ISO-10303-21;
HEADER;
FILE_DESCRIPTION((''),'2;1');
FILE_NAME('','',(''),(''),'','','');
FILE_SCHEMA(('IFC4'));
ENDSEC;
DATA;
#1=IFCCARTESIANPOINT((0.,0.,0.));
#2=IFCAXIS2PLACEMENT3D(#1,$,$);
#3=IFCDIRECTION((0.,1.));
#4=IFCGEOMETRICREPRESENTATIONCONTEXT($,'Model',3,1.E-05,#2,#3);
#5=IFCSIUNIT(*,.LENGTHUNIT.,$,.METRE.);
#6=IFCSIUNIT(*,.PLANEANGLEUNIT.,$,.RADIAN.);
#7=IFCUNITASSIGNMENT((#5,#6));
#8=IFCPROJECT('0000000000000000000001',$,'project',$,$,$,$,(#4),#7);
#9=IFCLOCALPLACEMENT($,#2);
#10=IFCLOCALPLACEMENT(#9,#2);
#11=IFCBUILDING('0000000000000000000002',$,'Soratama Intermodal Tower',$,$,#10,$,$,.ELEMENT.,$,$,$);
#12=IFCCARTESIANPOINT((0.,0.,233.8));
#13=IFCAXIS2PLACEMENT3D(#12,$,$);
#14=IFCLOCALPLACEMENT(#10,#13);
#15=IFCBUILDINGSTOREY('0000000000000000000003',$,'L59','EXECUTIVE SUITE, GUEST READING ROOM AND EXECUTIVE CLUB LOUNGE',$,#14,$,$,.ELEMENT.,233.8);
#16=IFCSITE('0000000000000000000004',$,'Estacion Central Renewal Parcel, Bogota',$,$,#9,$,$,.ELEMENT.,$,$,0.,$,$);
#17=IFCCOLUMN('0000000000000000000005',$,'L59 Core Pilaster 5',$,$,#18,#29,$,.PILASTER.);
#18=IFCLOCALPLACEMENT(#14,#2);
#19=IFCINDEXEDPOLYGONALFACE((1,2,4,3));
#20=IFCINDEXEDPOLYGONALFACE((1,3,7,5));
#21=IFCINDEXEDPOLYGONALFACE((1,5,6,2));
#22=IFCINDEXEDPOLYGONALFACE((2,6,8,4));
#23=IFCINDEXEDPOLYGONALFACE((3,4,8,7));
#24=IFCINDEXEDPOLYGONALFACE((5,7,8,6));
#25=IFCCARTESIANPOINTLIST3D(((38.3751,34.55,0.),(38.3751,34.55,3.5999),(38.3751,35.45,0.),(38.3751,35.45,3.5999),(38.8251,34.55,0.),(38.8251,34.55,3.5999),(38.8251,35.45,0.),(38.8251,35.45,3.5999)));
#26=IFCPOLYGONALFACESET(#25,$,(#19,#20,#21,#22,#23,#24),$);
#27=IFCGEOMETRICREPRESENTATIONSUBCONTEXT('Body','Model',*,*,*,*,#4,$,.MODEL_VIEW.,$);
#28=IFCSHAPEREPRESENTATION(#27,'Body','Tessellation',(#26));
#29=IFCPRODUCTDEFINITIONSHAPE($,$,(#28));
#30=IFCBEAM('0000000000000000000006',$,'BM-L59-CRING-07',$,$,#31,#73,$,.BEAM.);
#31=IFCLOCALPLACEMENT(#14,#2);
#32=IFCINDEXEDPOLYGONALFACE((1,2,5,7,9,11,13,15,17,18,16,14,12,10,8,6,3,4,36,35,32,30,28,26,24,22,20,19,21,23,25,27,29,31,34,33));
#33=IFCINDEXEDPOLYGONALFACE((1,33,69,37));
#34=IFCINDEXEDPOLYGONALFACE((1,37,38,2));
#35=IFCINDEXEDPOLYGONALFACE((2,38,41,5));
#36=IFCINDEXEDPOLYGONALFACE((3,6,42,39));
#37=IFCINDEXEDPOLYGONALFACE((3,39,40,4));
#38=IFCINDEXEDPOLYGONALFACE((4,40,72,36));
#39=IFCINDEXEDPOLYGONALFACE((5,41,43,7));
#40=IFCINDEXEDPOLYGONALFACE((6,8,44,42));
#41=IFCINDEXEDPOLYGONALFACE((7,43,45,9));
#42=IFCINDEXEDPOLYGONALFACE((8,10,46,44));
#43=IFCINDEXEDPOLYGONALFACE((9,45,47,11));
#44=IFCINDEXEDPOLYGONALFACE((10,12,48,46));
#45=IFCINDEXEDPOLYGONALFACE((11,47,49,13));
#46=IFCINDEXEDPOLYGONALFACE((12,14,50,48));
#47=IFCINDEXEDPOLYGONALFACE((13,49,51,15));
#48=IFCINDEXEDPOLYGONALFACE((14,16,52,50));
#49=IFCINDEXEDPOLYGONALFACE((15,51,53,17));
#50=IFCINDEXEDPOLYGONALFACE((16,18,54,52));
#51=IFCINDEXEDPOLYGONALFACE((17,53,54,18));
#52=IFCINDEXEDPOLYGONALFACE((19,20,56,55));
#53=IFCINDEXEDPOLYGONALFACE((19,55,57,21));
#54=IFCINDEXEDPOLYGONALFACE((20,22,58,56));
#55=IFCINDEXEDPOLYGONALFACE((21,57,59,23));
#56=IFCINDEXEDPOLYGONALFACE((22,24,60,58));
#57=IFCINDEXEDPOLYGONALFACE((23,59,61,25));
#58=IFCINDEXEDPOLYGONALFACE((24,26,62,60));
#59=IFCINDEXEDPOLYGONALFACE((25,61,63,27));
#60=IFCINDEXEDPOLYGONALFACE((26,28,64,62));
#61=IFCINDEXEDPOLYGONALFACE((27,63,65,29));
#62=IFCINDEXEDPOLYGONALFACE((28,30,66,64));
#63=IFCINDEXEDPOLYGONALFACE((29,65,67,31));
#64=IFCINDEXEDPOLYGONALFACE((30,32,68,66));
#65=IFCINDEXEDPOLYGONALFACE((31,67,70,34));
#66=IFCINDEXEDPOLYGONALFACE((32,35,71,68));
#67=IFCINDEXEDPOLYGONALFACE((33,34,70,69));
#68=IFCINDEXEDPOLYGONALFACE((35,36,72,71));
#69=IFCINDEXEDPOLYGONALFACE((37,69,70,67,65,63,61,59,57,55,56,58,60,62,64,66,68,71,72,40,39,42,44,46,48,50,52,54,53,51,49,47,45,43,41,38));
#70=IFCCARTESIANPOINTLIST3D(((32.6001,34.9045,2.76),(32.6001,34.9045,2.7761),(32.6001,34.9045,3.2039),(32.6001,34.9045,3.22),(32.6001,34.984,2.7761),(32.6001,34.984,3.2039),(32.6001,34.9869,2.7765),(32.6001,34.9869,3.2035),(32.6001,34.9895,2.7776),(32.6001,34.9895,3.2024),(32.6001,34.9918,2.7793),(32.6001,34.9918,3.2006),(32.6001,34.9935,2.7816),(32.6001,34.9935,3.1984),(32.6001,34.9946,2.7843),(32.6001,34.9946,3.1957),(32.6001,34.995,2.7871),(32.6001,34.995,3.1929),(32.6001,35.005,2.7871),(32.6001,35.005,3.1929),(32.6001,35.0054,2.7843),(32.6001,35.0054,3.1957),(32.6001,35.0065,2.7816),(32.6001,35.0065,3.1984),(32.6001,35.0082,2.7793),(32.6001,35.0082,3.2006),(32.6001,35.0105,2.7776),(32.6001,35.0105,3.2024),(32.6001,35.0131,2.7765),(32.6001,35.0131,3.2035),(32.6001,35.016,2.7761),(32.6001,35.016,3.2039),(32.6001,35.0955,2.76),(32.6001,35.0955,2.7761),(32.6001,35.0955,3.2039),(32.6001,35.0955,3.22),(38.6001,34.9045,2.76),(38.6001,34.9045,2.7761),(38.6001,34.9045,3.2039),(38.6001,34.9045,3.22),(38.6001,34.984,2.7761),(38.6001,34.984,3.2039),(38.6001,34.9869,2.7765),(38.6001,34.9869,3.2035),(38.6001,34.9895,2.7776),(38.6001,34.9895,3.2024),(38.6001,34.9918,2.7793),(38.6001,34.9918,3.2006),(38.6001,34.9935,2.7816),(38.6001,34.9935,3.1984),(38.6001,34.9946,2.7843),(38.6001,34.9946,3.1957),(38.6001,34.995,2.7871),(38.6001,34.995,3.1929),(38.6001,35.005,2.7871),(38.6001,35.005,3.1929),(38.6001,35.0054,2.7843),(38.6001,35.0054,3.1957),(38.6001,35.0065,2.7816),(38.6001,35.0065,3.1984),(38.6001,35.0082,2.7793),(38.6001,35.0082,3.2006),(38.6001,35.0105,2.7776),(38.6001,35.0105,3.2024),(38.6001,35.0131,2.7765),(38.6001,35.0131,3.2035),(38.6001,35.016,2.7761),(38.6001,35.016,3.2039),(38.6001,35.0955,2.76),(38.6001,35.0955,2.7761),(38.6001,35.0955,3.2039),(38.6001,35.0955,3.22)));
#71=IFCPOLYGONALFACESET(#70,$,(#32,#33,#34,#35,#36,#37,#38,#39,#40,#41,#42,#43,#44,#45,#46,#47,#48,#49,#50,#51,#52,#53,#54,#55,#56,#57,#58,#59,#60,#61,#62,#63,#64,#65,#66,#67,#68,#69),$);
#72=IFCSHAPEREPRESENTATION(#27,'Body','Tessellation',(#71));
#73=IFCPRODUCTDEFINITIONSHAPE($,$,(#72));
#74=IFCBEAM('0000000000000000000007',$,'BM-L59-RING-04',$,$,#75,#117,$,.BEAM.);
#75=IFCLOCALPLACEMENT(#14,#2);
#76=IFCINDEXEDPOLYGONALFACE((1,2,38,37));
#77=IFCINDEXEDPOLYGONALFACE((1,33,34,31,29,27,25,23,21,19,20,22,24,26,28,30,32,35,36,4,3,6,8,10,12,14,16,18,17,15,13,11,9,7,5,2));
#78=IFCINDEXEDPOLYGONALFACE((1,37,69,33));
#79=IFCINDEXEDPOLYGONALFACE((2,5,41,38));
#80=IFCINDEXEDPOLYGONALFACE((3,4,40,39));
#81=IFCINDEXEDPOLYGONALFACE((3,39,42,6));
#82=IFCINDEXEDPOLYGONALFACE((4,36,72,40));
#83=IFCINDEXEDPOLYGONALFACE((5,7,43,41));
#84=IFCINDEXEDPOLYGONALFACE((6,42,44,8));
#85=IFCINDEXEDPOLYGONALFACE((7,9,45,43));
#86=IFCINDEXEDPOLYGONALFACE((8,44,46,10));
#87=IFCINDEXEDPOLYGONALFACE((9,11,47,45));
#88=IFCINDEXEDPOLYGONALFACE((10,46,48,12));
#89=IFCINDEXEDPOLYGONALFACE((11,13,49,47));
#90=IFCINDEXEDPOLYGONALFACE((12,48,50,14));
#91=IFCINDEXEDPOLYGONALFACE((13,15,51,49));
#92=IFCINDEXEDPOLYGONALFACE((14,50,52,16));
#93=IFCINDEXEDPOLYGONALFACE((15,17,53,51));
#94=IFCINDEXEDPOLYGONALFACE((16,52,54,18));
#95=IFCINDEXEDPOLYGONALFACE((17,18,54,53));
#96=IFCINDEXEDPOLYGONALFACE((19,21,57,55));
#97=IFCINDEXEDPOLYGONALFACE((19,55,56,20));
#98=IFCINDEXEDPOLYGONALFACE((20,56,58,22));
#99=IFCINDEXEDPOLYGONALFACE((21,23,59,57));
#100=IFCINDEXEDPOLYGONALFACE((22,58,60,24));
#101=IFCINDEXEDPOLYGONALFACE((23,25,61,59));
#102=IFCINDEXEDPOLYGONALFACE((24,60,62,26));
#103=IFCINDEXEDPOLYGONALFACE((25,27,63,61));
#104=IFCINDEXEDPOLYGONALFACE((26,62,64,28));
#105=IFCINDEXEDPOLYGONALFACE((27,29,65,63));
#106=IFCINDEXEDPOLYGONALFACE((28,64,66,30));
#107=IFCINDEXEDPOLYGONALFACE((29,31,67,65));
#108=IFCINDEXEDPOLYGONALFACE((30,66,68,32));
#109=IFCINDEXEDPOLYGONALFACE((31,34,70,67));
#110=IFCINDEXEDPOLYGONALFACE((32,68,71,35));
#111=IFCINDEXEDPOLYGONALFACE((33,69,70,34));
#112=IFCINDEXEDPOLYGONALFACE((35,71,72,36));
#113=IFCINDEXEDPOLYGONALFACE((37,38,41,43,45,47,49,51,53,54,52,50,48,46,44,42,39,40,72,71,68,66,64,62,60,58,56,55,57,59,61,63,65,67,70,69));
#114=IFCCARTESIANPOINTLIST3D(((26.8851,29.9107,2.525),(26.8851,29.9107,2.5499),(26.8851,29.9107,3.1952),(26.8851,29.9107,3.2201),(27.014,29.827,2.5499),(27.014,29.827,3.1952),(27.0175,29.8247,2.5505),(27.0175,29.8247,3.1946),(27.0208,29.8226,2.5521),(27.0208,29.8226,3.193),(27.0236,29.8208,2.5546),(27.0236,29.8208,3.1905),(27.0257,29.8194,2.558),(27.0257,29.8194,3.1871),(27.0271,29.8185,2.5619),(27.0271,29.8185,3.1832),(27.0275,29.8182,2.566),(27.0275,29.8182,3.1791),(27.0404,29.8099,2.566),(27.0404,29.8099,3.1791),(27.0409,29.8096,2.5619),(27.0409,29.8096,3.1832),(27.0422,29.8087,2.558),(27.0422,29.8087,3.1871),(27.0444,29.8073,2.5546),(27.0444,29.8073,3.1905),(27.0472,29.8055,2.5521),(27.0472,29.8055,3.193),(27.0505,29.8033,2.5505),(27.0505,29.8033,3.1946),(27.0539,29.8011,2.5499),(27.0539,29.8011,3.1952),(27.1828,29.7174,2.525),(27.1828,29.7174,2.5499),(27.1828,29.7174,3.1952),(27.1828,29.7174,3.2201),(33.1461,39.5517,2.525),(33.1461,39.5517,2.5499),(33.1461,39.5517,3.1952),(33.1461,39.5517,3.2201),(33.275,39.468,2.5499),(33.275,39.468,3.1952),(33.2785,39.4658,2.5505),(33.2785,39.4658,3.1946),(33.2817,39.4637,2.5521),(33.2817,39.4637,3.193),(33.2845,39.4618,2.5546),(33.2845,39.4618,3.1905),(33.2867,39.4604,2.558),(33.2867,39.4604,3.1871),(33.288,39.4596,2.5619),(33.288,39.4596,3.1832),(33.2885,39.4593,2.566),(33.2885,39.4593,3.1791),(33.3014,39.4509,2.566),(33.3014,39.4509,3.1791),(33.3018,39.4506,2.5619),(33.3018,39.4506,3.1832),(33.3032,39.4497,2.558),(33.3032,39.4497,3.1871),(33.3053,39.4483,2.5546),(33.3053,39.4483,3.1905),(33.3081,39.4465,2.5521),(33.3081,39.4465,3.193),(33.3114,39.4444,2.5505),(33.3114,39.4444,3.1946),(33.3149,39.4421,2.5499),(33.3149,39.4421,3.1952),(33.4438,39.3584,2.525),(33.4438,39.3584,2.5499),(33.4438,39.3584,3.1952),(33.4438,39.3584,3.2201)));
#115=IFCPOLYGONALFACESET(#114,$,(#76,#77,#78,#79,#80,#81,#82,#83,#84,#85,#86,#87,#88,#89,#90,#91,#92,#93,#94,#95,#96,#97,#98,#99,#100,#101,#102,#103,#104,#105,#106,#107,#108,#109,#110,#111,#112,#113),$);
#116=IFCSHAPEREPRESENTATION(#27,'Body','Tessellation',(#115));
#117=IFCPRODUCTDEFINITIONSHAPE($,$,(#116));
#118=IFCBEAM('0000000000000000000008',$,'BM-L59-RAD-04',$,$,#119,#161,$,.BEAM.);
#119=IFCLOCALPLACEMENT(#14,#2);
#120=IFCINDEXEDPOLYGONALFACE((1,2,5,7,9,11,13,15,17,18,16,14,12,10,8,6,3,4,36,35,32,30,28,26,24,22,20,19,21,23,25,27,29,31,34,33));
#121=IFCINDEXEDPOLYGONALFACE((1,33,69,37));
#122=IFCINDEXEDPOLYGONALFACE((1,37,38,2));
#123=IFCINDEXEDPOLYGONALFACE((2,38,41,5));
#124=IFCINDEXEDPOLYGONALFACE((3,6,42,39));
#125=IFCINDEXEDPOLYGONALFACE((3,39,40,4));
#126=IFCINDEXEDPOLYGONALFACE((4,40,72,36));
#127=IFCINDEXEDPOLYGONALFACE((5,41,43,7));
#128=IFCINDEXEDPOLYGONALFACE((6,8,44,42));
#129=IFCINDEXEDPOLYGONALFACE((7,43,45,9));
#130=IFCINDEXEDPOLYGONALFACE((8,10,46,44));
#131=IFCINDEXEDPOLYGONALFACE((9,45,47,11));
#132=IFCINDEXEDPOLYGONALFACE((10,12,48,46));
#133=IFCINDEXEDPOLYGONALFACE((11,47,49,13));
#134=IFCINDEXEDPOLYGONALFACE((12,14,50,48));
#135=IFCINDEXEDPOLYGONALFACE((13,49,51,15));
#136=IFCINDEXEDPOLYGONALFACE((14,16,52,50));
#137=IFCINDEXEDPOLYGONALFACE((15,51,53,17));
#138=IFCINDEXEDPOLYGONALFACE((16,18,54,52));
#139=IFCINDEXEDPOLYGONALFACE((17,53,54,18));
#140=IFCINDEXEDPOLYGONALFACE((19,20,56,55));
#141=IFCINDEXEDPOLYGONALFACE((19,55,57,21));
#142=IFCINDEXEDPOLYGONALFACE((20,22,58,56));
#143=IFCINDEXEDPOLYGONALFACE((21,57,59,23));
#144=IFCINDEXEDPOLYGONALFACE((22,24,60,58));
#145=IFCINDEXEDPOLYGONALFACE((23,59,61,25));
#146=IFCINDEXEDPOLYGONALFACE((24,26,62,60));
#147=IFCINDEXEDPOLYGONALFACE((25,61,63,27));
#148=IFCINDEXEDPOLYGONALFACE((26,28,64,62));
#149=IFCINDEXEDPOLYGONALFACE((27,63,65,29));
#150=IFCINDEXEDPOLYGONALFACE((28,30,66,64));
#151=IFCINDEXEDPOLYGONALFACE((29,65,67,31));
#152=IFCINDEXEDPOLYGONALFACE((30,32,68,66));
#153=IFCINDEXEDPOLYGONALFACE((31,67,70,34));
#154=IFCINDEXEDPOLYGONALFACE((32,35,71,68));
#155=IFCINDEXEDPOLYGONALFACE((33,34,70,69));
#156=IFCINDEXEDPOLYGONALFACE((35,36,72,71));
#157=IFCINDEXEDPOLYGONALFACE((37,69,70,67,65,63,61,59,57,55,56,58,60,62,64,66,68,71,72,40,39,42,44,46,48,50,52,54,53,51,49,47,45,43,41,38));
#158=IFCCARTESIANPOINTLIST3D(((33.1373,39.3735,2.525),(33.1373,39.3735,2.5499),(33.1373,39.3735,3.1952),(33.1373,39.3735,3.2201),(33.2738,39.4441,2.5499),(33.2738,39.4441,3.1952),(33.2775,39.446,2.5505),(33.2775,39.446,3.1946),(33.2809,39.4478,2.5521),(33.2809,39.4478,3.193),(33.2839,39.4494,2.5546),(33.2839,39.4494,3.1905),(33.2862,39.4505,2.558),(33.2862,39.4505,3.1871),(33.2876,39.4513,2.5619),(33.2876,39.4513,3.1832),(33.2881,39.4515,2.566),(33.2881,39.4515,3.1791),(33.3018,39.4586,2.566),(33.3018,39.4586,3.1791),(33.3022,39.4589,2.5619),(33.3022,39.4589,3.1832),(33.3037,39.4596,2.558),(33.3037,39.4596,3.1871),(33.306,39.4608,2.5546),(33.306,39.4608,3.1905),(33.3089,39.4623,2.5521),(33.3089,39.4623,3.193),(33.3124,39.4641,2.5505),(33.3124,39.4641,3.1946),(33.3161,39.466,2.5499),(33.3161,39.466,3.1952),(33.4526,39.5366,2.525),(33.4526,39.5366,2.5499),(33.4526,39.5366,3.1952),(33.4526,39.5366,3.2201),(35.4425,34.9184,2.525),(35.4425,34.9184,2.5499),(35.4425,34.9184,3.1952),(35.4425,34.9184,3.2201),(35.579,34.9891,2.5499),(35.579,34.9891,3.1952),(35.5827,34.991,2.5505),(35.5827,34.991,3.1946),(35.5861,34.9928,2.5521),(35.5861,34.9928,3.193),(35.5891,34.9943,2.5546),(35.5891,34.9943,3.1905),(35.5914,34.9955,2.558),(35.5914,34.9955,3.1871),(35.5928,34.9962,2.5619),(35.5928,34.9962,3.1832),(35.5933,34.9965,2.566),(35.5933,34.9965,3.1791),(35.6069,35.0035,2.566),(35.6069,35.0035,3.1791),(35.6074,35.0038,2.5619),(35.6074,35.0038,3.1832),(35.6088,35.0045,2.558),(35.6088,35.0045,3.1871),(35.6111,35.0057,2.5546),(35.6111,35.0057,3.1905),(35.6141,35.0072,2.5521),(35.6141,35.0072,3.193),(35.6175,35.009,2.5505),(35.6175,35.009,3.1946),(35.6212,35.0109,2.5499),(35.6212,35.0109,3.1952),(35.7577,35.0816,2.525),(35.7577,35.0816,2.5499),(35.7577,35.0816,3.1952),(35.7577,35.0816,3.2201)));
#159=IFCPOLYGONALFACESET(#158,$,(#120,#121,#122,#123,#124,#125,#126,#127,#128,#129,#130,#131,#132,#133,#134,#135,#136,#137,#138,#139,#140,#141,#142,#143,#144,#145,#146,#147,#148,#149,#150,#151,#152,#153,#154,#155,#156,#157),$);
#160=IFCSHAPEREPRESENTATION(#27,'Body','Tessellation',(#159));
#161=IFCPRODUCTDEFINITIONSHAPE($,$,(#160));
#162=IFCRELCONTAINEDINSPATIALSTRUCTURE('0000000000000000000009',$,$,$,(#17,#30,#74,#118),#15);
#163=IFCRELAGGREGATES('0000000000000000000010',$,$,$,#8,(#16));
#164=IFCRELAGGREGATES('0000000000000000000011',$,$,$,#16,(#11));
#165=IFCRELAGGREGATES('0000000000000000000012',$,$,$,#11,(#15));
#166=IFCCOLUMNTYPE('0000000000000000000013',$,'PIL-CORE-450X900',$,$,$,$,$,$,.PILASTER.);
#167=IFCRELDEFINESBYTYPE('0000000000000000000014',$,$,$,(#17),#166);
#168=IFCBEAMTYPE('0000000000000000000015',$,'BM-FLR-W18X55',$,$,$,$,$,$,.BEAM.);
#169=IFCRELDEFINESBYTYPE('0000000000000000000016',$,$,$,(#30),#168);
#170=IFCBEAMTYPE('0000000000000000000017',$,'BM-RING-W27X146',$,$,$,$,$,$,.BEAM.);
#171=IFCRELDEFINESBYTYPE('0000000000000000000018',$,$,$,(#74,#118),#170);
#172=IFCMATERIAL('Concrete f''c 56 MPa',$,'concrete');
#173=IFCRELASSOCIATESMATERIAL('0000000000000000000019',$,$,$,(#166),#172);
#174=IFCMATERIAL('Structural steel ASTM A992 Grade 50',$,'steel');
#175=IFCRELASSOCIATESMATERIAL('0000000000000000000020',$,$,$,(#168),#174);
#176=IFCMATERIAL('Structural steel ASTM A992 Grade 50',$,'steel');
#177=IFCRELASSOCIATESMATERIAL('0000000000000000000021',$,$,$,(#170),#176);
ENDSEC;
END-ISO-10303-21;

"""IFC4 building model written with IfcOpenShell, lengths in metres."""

from ifc_helpers import new_model, si_unit, direction, frame, origin, origin_2d, place, context, subcontext, project, spatial, rectangle, i_section, extrude, material, material_profile, profile_set, type_object, element, save


model = new_model("IFC4")

# Units and contexts
model_context = context("Model", 3, precision=1e-05, world=origin(), true_north=direction((0.0, 1.0)))
body_context = subcontext(model_context, "Body", "Model", "MODEL_VIEW")
ifc_project = project(units=[si_unit("LENGTHUNIT", "METRE"), si_unit("PLANEANGLEUNIT", "RADIAN")], contexts=[model_context])

# Site, building, storey
site_placement = place(None, origin())
site = spatial("IfcSite", under=ifc_project, at=site_placement, Name="Estacion Central Renewal Parcel, Bogota", CompositionType="ELEMENT", RefElevation=0.0)
building_placement = place(site_placement, origin())
building = spatial("IfcBuilding", under=site, at=building_placement, Name="Soratama Intermodal Tower", CompositionType="ELEMENT")
storey_placement = place(building_placement, frame((0.0, 0.0, 233.8)))
storey = spatial("IfcBuildingStorey", under=building, at=storey_placement, Name="L59", Description="EXECUTIVE SUITE, GUEST READING ROOM AND EXECUTIVE CLUB LOUNGE", CompositionType="ELEMENT", Elevation=233.8)

# Column
ifc_material_1 = material(Name="Concrete f'c 56 MPa", Category="concrete")
ifc_material_profile_1 = material_profile(ifc_material_1, rectangle(XDim=0.45, YDim=0.8999, at=origin_2d()), Name="RC450X900")
ifc_profile_set_1 = profile_set([ifc_material_profile_1], Name="Concrete f'c 56 MPa")
column_type = type_object("IfcColumnType", Name="PIL-CORE-450X900", PredefinedType="PILASTER", material=ifc_profile_set_1)
column_placement = place(storey_placement, frame((38.6001, 35.0, 0.0), z_axis=(0.0, 0.0, 1.0), x_axis=(1.0, 0.0, 0.0)))
element("IfcColumn", 1, at=column_placement, inside=storey, type_object=column_type, Name="L59 Core Pilaster 5", PredefinedType="PILASTER", context=body_context, shape_type="SweptSolid", body=[
    extrude(rectangle(XDim=0.45, YDim=0.8999, at=origin_2d()), origin(), (0.0, 0.0, 1.0), 3.5999),
])

# Beams
ifc_material_2 = material(Name="Structural steel ASTM A992 Grade 50", Category="steel")
ifc_material_profile_2 = material_profile(ifc_material_2, i_section(OverallWidth=0.1909, OverallDepth=0.46, WebThickness=0.01, FlangeThickness=0.0161, FilletRadius=0.011, at=origin_2d()), Name="W18X55")
ifc_profile_set_2 = profile_set([ifc_material_profile_2], Name="Structural steel ASTM A992 Grade 50")
beam_type_1 = type_object("IfcBeamType", Name="BM-FLR-W18X55", PredefinedType="BEAM", material=ifc_profile_set_2)
beam_1_placement = place(storey_placement, frame((38.6001, 35.0, 2.99), z_axis=(-1.0, 0.0, 0.0), x_axis=(0.0, -1.0, 0.0)))
element("IfcBeam", 2, at=beam_1_placement, inside=storey, type_object=beam_type_1, Name="BM-L59-CRING-07", PredefinedType="BEAM", context=body_context, shape_type="SweptSolid", body=[
    extrude(i_section(OverallWidth=0.1909, OverallDepth=0.46, WebThickness=0.01, FlangeThickness=0.0161, FilletRadius=0.011, at=origin_2d()), origin(), (0.0, 0.0, 1.0), 6.0),
])
ifc_material_3 = material(Name="Structural steel ASTM A992 Grade 50", Category="steel")
ifc_material_profile_3 = material_profile(ifc_material_3, i_section(OverallWidth=0.355, OverallDepth=0.6951, WebThickness=0.0154, FlangeThickness=0.0249, FilletRadius=0.0161, at=origin_2d()), Name="W27X146")
ifc_profile_set_3 = profile_set([ifc_material_profile_3], Name="Structural steel ASTM A992 Grade 50")
beam_type_2 = type_object("IfcBeamType", Name="BM-RING-W27X146", PredefinedType="BEAM", material=ifc_profile_set_3)
beam_2_placement = place(storey_placement, frame((33.2949, 39.4551, 2.8726), z_axis=(-0.544637, -0.838672, 0.0), x_axis=(0.838672, -0.544637, 0.0)))
element("IfcBeam", 3, at=beam_2_placement, inside=storey, type_object=beam_type_2, Name="BM-L59-RING-04", PredefinedType="BEAM", context=body_context, shape_type="SweptSolid", body=[
    extrude(i_section(OverallWidth=0.355, OverallDepth=0.6951, WebThickness=0.0154, FlangeThickness=0.0249, FilletRadius=0.0161, at=origin_2d()), origin(), (0.0, 0.0, 1.0), 11.4956),
])
beam_3_placement = place(storey_placement, frame((35.6001, 35.0, 2.8726), z_axis=(-0.459553, 0.888151, 0.0), x_axis=(-0.888151, -0.459553, 0.0)))
element("IfcBeam", 4, at=beam_3_placement, inside=storey, type_object=beam_type_2, Name="BM-L59-RAD-04", PredefinedType="BEAM", context=body_context, shape_type="SweptSolid", body=[
    extrude(i_section(OverallWidth=0.355, OverallDepth=0.6951, WebThickness=0.0154, FlangeThickness=0.0249, FilletRadius=0.0161, at=origin_2d()), origin(), (0.0, 0.0, 1.0), 5.0161),
])

save(model, "model.ifc")
